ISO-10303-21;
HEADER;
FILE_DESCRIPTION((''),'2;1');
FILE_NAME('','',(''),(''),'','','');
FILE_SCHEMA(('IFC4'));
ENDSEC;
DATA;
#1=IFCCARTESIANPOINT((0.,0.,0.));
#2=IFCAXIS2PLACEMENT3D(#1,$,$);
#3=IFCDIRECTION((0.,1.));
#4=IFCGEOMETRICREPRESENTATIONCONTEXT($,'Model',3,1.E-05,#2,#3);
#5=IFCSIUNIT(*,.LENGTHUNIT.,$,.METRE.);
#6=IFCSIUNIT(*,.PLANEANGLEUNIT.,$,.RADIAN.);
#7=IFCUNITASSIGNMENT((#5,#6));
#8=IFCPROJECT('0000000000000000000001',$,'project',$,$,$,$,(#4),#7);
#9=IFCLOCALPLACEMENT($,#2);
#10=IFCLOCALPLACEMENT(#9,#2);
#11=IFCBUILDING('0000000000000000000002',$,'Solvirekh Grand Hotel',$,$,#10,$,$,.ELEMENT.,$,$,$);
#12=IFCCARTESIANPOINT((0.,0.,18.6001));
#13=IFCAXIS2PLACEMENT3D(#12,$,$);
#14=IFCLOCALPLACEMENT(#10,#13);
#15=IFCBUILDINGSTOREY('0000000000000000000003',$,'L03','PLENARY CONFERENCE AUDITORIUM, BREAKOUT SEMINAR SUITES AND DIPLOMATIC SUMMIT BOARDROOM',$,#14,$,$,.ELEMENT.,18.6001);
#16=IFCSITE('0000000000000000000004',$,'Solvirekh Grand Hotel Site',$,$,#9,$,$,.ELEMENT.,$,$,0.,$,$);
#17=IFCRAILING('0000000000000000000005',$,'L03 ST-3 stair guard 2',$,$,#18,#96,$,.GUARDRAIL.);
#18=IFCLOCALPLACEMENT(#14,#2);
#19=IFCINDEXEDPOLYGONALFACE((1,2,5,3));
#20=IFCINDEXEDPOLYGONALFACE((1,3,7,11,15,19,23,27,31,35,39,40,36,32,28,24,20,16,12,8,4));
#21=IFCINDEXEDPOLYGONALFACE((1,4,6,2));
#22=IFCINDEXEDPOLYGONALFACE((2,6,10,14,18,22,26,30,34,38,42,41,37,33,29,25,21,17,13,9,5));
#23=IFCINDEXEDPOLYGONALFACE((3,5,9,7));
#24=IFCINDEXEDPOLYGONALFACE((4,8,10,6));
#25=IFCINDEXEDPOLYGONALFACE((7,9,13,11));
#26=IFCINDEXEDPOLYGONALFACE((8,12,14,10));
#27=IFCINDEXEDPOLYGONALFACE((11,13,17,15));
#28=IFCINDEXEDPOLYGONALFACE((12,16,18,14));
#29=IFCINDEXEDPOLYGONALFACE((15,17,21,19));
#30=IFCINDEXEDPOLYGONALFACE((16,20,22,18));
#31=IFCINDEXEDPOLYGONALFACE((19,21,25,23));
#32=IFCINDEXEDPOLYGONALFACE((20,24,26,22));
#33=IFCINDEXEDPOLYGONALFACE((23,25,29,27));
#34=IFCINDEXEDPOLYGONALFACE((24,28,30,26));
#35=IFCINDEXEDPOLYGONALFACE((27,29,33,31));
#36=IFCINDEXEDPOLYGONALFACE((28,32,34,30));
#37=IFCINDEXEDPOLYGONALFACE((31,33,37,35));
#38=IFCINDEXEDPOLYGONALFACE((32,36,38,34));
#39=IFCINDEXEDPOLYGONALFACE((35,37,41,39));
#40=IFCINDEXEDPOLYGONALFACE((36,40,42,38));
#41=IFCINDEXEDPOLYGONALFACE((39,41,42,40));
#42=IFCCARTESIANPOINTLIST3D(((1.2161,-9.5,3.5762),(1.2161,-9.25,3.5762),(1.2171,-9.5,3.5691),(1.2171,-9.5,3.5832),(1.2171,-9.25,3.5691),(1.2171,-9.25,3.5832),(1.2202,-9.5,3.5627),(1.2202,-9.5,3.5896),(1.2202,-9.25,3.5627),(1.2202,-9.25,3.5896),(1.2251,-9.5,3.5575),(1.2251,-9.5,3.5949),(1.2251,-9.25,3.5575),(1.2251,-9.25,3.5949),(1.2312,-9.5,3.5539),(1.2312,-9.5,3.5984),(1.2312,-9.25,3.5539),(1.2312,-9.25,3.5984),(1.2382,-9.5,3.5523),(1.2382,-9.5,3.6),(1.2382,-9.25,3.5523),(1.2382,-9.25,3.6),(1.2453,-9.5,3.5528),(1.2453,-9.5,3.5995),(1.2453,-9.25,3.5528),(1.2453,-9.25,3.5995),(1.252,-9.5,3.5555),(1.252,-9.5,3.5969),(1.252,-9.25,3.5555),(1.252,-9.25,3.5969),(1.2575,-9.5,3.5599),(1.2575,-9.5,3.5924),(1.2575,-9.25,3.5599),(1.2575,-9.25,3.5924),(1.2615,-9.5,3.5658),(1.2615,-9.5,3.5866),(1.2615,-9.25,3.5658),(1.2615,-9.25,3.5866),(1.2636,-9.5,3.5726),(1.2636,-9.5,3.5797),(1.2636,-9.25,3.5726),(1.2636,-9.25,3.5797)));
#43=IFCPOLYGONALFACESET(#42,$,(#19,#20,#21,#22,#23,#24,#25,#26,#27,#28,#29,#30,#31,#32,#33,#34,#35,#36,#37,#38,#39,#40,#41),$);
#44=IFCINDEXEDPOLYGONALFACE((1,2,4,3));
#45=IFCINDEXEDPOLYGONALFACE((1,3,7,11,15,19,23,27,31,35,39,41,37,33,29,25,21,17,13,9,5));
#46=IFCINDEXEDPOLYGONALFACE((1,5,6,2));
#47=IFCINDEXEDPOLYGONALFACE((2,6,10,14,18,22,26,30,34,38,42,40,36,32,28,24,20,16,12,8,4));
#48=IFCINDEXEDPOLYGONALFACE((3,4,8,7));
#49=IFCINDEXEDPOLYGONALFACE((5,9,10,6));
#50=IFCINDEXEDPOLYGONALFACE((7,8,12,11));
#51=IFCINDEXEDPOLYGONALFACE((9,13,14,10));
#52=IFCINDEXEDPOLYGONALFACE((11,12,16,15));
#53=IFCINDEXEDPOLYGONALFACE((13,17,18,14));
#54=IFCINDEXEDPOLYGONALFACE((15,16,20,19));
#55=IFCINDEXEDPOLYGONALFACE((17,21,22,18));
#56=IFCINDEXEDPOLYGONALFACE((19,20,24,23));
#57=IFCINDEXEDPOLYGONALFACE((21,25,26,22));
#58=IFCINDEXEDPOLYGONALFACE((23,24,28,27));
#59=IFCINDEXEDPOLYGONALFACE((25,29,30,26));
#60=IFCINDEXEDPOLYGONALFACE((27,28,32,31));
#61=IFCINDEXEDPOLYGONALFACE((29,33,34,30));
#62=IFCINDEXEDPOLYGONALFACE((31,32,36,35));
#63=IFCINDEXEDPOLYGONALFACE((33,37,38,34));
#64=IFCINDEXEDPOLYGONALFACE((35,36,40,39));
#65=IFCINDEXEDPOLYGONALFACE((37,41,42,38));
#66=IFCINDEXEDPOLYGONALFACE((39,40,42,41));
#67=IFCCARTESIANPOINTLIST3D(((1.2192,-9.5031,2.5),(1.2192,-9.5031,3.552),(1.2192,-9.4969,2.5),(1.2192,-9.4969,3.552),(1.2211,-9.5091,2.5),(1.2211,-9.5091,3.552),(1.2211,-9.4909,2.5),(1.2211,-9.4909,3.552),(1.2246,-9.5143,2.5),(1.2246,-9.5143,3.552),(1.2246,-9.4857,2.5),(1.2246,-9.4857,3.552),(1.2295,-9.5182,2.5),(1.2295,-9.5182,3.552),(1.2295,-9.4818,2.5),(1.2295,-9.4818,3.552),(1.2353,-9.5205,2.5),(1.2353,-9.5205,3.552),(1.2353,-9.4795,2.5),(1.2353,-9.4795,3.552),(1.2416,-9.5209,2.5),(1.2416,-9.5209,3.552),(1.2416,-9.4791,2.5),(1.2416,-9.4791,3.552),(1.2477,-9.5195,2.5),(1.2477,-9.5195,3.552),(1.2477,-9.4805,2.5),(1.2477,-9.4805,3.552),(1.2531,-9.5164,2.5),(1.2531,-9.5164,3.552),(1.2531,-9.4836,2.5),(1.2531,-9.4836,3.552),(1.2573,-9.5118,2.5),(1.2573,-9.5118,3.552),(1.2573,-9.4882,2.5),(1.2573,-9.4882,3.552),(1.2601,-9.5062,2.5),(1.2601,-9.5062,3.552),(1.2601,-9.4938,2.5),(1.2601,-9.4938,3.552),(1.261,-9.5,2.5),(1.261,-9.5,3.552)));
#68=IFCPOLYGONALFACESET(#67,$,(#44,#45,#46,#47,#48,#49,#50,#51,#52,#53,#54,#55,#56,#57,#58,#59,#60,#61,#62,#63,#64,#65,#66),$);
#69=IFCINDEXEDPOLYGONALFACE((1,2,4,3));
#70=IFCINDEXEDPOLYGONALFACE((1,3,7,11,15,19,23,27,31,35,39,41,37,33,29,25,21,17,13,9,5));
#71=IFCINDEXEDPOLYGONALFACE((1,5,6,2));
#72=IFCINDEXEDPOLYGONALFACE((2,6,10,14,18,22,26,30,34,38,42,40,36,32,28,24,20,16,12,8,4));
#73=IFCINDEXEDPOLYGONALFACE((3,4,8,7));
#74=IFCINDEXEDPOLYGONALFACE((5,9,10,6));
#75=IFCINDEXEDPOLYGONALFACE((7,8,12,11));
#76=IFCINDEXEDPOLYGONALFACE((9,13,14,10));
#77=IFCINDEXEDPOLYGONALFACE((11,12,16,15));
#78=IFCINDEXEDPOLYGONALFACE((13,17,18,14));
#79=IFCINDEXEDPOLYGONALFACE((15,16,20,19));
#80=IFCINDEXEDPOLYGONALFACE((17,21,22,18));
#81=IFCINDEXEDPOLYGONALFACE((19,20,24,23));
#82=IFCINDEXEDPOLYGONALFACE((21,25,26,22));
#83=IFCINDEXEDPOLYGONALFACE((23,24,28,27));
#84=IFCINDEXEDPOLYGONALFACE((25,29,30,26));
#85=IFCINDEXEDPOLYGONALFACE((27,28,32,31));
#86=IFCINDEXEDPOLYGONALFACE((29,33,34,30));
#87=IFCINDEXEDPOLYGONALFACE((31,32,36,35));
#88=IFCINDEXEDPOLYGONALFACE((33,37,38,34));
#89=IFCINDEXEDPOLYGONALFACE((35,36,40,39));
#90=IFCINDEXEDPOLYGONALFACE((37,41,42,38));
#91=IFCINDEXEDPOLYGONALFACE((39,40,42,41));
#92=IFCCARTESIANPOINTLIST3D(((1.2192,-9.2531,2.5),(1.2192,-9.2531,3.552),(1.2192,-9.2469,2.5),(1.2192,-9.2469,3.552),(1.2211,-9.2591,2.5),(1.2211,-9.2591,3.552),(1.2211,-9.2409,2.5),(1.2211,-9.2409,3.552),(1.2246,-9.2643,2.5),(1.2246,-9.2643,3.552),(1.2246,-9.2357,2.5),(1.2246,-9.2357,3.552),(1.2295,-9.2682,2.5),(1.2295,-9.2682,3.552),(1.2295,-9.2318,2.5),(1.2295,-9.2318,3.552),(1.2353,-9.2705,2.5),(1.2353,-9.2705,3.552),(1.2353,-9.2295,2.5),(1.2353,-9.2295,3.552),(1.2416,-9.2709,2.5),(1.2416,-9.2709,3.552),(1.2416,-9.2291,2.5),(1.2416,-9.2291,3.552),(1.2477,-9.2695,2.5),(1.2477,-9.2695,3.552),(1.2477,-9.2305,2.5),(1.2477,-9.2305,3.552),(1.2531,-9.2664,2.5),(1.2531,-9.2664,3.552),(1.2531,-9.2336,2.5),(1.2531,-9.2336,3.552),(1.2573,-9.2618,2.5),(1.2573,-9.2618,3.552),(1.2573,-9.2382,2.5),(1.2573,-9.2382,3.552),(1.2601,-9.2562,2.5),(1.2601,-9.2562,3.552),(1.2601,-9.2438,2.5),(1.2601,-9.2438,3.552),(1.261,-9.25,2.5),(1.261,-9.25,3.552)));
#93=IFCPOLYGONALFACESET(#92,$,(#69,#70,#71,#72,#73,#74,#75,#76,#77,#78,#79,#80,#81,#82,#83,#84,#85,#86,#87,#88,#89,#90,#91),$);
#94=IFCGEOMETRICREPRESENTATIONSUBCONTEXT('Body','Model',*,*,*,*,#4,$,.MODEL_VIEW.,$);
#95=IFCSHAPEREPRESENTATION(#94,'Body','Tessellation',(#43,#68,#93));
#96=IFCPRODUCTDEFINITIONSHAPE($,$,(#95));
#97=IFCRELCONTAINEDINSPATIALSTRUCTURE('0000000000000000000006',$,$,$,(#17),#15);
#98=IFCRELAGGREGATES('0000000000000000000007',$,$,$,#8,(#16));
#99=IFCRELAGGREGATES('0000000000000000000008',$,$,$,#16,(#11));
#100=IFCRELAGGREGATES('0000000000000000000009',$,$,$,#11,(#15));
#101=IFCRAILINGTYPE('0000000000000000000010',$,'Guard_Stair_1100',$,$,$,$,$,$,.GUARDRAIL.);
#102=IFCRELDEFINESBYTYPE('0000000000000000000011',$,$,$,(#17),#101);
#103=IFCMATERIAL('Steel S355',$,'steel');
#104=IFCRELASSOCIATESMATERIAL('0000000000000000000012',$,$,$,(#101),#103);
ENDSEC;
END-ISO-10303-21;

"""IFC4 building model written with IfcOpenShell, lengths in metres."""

from ifc_helpers import new_model, si_unit, direction, frame, origin, origin_2d, place, context, subcontext, project, spatial, circle, extrude, material, type_object, element, save


model = new_model("IFC4")

# Units and contexts
model_context = context("Model", 3, precision=1e-05, world=origin(), true_north=direction((0.0, 1.0)))
body_context = subcontext(model_context, "Body", "Model", "MODEL_VIEW")
ifc_project = project(units=[si_unit("LENGTHUNIT", "METRE"), si_unit("PLANEANGLEUNIT", "RADIAN")], contexts=[model_context])

# Site, building, storey
site_placement = place(None, origin())
site = spatial("IfcSite", under=ifc_project, at=site_placement, Name="Solvirekh Grand Hotel Site", CompositionType="ELEMENT", RefElevation=0.0)
building_placement = place(site_placement, origin())
building = spatial("IfcBuilding", under=site, at=building_placement, Name="Solvirekh Grand Hotel", CompositionType="ELEMENT")
storey_placement = place(building_placement, frame((0.0, 0.0, 18.6001)))
storey = spatial("IfcBuildingStorey", under=building, at=storey_placement, Name="L03", Description="PLENARY CONFERENCE AUDITORIUM, BREAKOUT SEMINAR SUITES AND DIPLOMATIC SUMMIT BOARDROOM", CompositionType="ELEMENT", Elevation=18.6001)

# Shared definitions
ifc_material_1 = material(Name="Steel S355", Category="steel")

# Railing
railing_type_1 = type_object("IfcRailingType", Name="Guard_Stair_1100", PredefinedType="GUARDRAIL", material=ifc_material_1)
railing_1_placement = place(storey_placement, frame((1.24, -9.5, 2.5)))
element("IfcRailing", 1, at=railing_1_placement, inside=storey, type_object=railing_type_1, Name="L03 ST-3 stair guard 2", PredefinedType="GUARDRAIL", context=body_context, shape_type="SweptSolid", body=[
    extrude(circle(Radius=0.0239, at=origin_2d()), frame((0.0, 0.0, 1.0762), z_axis=(0.0, 1.0, 0.0), x_axis=(-1.0, 0.0, 0.0)), (0.0, 0.0, 1.0), 0.25),
    extrude(circle(Radius=0.021, at=origin_2d()), origin(), (0.0, 0.0, 1.0), 1.052),
    extrude(circle(Radius=0.021, at=origin_2d()), frame((0.0, 0.25, 0.0)), (0.0, 0.0, 1.0), 1.052),
])

save(model, "model.ifc")
